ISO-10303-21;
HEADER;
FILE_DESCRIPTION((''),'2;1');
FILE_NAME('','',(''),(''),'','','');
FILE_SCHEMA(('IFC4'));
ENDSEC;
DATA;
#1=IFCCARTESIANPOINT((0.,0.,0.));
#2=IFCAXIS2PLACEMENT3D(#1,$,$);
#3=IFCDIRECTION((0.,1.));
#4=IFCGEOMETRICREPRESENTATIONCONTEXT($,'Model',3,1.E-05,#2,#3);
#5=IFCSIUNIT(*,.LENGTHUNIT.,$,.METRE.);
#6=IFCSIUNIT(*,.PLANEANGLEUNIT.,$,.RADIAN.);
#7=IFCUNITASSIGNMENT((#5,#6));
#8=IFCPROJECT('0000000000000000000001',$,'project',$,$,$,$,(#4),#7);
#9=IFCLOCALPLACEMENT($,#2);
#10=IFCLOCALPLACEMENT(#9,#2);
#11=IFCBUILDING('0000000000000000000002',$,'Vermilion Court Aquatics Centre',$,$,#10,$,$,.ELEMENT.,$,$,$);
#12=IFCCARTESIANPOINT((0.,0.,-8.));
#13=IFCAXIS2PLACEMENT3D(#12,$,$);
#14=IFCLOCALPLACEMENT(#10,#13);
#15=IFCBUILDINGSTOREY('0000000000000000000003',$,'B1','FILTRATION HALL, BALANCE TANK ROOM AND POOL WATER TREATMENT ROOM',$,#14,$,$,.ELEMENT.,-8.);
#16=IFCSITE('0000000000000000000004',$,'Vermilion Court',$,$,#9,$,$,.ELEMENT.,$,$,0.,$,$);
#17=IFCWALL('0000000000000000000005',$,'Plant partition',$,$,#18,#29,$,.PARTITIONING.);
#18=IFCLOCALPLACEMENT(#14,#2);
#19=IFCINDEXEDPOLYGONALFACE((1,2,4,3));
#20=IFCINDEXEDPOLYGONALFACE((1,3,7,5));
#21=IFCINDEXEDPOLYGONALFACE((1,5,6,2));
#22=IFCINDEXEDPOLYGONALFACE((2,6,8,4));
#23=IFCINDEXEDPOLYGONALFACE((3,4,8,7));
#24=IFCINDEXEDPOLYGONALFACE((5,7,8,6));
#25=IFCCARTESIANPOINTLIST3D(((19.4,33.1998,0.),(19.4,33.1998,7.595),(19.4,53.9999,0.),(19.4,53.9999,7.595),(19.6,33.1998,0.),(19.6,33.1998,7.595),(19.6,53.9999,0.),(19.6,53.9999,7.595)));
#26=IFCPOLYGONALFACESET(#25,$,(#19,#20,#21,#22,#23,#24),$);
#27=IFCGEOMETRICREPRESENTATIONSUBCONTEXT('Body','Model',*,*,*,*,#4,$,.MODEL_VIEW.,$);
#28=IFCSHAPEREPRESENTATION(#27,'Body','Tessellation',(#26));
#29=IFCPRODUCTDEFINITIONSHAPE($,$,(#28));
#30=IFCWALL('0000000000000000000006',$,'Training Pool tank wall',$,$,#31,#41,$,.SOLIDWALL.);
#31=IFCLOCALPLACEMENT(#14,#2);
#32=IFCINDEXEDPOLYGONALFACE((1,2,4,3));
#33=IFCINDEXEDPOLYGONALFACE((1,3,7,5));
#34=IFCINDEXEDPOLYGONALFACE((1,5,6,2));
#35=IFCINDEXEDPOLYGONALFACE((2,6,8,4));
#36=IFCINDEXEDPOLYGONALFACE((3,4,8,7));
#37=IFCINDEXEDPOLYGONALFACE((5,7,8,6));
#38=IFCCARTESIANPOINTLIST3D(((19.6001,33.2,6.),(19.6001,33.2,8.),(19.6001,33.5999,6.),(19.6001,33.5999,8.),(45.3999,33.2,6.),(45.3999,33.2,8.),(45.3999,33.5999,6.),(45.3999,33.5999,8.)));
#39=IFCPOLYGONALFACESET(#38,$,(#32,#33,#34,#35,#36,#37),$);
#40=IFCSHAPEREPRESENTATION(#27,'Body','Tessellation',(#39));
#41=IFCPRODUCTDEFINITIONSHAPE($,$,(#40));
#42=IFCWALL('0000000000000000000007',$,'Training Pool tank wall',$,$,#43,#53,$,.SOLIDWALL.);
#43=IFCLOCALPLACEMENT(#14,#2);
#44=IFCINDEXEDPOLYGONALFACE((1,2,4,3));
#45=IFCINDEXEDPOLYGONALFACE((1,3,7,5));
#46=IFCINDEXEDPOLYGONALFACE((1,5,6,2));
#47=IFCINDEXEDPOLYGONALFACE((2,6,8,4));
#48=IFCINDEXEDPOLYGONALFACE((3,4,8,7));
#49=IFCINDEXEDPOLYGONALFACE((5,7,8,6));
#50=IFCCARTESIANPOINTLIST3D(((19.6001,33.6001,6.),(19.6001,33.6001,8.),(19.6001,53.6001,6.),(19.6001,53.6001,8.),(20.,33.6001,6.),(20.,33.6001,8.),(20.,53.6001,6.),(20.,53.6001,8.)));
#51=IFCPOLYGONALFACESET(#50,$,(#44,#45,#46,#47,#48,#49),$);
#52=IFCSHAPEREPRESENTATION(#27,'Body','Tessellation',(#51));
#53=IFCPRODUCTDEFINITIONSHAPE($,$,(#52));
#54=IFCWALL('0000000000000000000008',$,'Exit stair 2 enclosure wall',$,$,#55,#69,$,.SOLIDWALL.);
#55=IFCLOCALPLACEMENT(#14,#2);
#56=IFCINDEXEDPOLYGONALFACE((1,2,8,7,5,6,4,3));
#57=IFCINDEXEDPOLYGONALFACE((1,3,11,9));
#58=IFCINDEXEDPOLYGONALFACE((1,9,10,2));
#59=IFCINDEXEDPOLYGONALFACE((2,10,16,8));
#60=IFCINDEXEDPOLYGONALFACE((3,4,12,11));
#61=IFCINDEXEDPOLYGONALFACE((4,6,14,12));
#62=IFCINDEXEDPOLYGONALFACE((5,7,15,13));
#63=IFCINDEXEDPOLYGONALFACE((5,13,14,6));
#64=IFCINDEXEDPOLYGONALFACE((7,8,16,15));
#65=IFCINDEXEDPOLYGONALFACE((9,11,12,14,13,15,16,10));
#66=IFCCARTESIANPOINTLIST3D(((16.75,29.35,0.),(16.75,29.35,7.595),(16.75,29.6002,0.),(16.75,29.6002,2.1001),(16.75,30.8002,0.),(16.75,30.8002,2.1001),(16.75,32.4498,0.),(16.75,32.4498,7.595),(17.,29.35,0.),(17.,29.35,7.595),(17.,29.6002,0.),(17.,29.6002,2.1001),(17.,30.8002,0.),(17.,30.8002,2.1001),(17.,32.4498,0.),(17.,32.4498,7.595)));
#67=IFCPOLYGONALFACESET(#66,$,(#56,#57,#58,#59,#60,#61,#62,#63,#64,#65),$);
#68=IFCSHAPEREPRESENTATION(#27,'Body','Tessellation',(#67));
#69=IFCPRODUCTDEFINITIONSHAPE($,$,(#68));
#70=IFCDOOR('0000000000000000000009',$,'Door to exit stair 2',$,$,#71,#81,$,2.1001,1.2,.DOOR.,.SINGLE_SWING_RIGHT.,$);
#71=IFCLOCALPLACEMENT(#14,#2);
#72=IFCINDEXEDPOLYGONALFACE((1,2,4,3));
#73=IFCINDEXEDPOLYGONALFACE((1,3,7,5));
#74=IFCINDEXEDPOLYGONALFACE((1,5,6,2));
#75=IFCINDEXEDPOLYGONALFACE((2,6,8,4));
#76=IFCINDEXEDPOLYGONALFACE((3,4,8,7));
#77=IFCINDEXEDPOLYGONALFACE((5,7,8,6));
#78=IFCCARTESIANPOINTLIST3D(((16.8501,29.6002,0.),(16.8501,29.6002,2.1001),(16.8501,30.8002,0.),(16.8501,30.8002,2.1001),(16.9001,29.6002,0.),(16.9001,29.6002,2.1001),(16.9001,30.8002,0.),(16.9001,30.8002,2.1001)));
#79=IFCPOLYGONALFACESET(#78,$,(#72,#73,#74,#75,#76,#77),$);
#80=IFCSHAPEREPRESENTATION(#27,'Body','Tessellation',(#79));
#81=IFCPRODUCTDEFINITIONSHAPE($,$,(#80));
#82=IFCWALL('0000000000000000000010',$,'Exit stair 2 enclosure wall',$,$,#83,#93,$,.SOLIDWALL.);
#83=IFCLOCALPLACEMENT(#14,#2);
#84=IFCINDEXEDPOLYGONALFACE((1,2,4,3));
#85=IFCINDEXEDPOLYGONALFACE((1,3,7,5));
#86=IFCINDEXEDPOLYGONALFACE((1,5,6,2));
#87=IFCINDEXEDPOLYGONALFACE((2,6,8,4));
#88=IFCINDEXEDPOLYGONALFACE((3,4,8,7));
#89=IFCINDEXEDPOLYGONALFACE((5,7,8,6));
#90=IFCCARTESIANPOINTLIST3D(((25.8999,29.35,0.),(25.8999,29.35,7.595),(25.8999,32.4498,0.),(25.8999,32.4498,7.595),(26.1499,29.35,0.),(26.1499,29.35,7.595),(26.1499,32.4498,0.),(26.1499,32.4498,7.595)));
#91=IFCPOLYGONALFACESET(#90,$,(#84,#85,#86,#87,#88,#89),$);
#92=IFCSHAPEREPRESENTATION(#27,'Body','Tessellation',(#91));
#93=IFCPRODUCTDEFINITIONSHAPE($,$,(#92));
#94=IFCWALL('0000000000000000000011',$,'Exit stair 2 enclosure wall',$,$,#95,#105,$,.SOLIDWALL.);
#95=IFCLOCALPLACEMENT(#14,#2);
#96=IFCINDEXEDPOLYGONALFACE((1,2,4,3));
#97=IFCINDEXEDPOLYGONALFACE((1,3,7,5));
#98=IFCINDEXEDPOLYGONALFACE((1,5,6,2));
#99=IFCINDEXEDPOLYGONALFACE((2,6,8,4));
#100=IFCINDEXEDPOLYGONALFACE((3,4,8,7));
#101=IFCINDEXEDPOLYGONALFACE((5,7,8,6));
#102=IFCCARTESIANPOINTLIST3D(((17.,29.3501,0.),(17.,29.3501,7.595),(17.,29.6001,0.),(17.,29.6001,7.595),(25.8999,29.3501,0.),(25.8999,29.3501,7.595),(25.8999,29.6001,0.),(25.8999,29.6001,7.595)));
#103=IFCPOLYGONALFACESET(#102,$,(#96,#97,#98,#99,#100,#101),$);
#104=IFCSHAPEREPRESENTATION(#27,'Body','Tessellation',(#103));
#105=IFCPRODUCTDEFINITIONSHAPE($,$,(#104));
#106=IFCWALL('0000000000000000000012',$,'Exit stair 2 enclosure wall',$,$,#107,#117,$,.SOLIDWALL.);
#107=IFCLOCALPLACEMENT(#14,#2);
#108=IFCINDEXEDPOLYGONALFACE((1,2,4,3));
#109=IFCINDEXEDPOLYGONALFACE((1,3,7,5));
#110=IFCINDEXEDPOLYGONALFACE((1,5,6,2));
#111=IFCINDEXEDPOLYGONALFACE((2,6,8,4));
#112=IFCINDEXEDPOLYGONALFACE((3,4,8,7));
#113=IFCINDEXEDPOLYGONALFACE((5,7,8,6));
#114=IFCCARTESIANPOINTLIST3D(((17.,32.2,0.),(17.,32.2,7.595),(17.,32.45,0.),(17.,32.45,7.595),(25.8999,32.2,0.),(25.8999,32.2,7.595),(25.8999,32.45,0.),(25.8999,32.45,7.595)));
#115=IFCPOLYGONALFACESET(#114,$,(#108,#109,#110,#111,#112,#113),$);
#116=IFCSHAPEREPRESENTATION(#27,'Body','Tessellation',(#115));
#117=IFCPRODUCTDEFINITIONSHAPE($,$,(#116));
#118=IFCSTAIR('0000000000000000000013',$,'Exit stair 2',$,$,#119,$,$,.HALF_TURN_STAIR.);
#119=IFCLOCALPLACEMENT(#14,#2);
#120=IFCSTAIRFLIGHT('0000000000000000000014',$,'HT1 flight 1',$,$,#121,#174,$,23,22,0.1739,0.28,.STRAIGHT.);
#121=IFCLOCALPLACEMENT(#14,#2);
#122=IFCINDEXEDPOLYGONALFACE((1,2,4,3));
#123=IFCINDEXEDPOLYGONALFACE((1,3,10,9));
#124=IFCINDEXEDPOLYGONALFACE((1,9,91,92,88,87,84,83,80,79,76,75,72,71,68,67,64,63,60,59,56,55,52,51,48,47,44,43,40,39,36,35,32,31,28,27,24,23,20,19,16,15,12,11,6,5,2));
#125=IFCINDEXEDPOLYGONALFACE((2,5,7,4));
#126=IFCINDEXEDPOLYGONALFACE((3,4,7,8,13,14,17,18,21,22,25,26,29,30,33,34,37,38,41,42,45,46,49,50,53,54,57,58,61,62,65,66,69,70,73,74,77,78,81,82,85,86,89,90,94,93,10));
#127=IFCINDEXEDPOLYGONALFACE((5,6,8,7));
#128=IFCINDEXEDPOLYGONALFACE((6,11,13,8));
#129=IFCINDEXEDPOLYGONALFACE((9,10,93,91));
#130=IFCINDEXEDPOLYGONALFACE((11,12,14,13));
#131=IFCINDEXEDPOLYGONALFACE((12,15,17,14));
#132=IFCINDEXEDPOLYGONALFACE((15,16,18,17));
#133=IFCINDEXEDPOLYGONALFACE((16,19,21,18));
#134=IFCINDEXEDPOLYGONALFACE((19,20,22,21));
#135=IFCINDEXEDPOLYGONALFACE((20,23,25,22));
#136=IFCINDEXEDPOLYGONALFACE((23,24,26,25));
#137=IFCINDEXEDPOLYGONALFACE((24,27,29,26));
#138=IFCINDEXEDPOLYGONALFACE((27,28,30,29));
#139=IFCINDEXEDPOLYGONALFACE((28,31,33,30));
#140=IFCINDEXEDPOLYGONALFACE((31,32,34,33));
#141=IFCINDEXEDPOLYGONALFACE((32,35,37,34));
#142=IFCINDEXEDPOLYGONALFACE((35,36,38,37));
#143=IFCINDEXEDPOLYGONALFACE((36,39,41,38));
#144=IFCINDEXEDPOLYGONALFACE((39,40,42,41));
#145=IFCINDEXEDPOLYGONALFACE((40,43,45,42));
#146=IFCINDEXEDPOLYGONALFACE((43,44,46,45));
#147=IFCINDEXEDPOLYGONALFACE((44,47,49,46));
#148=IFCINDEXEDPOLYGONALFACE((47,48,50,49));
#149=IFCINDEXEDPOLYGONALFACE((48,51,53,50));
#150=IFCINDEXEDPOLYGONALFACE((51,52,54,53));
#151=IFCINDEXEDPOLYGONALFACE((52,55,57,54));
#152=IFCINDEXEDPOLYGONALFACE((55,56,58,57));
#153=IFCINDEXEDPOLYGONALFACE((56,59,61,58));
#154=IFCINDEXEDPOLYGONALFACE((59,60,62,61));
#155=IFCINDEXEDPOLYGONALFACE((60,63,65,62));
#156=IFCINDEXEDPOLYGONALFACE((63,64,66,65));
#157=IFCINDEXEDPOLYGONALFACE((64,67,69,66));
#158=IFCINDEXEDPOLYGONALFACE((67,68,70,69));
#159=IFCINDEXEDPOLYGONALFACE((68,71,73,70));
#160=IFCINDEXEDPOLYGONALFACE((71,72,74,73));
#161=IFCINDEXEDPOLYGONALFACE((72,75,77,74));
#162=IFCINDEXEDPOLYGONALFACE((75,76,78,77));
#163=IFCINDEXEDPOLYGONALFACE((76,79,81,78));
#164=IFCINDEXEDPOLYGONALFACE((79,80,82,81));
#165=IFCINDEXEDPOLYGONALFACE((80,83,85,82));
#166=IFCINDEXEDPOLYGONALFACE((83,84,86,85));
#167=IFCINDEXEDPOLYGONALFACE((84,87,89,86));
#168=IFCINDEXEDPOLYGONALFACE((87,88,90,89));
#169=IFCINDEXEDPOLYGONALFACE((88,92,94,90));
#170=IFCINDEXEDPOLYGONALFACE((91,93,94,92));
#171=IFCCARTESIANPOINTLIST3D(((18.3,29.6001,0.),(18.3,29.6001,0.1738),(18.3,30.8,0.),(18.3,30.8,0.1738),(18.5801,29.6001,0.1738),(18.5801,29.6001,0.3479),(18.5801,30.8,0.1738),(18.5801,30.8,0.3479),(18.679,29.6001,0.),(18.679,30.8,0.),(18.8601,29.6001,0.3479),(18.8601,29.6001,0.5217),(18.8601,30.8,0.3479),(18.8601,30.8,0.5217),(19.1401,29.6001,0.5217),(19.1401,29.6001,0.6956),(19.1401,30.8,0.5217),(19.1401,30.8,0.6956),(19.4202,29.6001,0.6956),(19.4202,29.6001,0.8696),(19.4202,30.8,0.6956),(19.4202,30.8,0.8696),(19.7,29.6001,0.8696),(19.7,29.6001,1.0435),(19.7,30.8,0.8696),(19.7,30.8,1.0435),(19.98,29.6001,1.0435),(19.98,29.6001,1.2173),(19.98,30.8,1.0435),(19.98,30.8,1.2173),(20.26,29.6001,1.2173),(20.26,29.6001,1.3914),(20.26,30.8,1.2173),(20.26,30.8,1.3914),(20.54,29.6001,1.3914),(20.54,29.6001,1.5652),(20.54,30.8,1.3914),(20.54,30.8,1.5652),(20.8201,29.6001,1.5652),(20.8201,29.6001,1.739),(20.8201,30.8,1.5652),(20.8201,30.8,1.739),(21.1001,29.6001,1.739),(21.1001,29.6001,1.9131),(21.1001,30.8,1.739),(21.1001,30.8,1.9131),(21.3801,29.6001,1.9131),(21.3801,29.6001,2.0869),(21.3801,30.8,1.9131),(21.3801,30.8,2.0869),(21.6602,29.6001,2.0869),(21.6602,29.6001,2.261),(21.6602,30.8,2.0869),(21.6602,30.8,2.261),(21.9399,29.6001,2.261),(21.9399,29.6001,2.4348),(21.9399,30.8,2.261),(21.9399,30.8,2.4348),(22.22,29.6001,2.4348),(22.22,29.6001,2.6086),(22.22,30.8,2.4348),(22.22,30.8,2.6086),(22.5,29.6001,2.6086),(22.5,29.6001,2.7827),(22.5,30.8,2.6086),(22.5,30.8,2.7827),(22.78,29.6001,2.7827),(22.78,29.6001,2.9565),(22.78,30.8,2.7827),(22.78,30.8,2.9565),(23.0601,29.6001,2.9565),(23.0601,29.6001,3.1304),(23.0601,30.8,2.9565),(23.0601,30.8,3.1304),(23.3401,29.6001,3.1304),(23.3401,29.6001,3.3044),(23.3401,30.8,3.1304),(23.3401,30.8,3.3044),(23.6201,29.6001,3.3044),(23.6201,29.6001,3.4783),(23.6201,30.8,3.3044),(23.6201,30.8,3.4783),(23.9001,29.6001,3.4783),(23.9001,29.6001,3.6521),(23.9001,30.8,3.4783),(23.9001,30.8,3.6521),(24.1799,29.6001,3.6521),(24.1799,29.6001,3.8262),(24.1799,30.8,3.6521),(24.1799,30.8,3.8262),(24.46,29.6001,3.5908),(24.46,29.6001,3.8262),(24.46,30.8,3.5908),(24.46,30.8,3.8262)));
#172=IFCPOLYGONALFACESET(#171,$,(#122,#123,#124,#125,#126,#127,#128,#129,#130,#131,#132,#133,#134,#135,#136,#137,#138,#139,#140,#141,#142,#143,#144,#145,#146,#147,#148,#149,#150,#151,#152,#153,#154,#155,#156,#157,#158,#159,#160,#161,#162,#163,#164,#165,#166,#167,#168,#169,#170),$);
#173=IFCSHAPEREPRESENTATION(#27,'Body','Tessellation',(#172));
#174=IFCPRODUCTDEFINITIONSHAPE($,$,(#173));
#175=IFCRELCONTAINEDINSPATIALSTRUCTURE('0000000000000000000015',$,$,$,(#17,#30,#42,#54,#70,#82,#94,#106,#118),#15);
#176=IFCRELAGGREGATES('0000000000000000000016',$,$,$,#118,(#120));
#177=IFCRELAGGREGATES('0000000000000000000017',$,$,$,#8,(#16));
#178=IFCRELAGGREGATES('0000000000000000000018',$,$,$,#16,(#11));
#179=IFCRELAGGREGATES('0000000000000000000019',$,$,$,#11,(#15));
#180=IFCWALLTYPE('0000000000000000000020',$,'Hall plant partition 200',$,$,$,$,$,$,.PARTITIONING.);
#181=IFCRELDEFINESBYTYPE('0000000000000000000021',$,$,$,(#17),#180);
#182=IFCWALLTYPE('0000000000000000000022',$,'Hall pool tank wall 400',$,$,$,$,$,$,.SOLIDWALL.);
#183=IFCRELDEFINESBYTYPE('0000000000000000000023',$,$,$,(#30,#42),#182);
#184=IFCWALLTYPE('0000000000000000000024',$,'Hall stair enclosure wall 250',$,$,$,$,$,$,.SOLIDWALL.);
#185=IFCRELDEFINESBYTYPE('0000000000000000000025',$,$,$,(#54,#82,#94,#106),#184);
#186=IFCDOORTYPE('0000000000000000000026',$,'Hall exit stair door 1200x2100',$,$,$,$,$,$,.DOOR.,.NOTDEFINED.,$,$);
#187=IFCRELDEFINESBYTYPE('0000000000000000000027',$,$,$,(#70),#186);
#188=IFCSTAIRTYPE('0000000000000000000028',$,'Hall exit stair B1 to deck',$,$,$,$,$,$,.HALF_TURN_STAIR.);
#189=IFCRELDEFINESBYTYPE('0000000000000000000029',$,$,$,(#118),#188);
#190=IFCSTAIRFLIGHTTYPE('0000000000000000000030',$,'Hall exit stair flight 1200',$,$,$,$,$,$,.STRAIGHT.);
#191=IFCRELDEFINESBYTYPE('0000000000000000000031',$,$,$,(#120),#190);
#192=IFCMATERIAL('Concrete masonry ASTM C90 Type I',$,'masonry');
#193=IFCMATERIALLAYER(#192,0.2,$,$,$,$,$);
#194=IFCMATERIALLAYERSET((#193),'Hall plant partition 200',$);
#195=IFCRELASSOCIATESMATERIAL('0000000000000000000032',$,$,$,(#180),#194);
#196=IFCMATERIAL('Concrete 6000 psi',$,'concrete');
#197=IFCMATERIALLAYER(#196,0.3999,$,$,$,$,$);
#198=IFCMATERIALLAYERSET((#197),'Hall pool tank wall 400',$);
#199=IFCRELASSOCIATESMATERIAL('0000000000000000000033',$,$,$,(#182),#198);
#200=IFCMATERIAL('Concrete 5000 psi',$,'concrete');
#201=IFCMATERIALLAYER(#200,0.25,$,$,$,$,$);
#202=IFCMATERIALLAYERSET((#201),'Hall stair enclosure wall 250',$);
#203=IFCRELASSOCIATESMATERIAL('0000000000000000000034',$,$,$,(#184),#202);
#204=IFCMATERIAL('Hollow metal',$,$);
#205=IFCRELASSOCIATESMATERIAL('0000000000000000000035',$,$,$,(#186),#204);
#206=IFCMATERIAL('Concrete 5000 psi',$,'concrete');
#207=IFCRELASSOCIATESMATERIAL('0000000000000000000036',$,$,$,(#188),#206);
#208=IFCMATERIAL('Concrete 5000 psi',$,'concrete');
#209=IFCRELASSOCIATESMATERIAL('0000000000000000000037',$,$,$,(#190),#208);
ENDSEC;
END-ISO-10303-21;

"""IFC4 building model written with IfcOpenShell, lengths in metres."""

from ifc_helpers import new_model, si_unit, direction, frame, frame_2d, origin, place, context, subcontext, project, spatial, polyline, rectangle, outline, extrude, material, layer, layer_set, type_object, element, fill, aggregate, save


model = new_model("IFC4")

# Units and contexts
model_context = context("Model", 3, precision=1e-05, world=origin(), true_north=direction((0.0, 1.0)))
body_context = subcontext(model_context, "Body", "Model", "MODEL_VIEW")
ifc_project = project(units=[si_unit("LENGTHUNIT", "METRE"), si_unit("PLANEANGLEUNIT", "RADIAN")], contexts=[model_context])

# Site, building, storey
site_placement = place(None, origin())
site = spatial("IfcSite", under=ifc_project, at=site_placement, Name="Vermilion Court", CompositionType="ELEMENT", RefElevation=0.0)
building_placement = place(site_placement, origin())
building = spatial("IfcBuilding", under=site, at=building_placement, Name="Vermilion Court Aquatics Centre", CompositionType="ELEMENT")
storey_placement = place(building_placement, frame((0.0, 0.0, -8.0)))
storey = spatial("IfcBuildingStorey", under=building, at=storey_placement, Name="B1", Description="FILTRATION HALL, BALANCE TANK ROOM AND POOL WATER TREATMENT ROOM", CompositionType="ELEMENT", Elevation=-8.0)

# Shared definitions
ifc_material_1 = material(Name="Concrete masonry ASTM C90 Type I", Category="masonry")
ifc_layer_1 = layer(ifc_material_1, 0.2)
ifc_layer_set_1 = layer_set([ifc_layer_1], Name="Hall plant partition 200")
wall_type_1 = type_object("IfcWallType", Name="Hall plant partition 200", PredefinedType="PARTITIONING", material=ifc_layer_set_1)

# Walls
wall_1_placement = place(storey_placement, frame((19.5, 33.2, 0.0), z_axis=(0.0, 0.0, 1.0), x_axis=(0.0, 1.0, 0.0)))
element("IfcWall", 1, at=wall_1_placement, inside=storey, type_object=wall_type_1, Name="Plant partition", PredefinedType="PARTITIONING", context=body_context, shape_type="SweptSolid", body=[
    extrude(rectangle(XDim=20.8, YDim=0.2, at=frame_2d((10.3999, 0.0))), origin(), (0.0, 0.0, 1.0), 7.595),
])
ifc_material_2 = material(Name="Concrete 6000 psi", Category="concrete")
ifc_layer_2 = layer(ifc_material_2, 0.3999)
ifc_layer_set_2 = layer_set([ifc_layer_2], Name="Hall pool tank wall 400")
wall_type_2 = type_object("IfcWallType", Name="Hall pool tank wall 400", PredefinedType="SOLIDWALL", material=ifc_layer_set_2)
wall_2_placement = place(storey_placement, frame((19.6001, 33.3999, 6.0), z_axis=(0.0, 0.0, 1.0), x_axis=(1.0, 0.0, 0.0)))
element("IfcWall", 2, at=wall_2_placement, inside=storey, type_object=wall_type_2, Name="Training Pool tank wall", PredefinedType="SOLIDWALL", context=body_context, shape_type="SweptSolid", body=[
    extrude(rectangle(XDim=25.7998, YDim=0.3999, at=frame_2d((12.8999, 0.0))), origin(), (0.0, 0.0, 1.0), 2.0),
])
wall_3_placement = place(storey_placement, frame((19.8, 33.6001, 6.0), z_axis=(0.0, 0.0, 1.0), x_axis=(0.0, 1.0, 0.0)))
element("IfcWall", 3, at=wall_3_placement, inside=storey, type_object=wall_type_2, Name="Training Pool tank wall", PredefinedType="SOLIDWALL", context=body_context, shape_type="SweptSolid", body=[
    extrude(rectangle(XDim=20.0, YDim=0.3999, at=frame_2d((10.0, 0.0))), origin(), (0.0, 0.0, 1.0), 2.0),
])

# Wall, opening, door
ifc_material_3 = material(Name="Concrete 5000 psi", Category="concrete")
ifc_layer_3 = layer(ifc_material_3, 0.25)
ifc_layer_set_3 = layer_set([ifc_layer_3], Name="Hall stair enclosure wall 250")
wall_type_3 = type_object("IfcWallType", Name="Hall stair enclosure wall 250", PredefinedType="SOLIDWALL", material=ifc_layer_set_3)
wall_4_placement = place(storey_placement, frame((16.875, 29.3501, 0.0), z_axis=(0.0, 0.0, 1.0), x_axis=(0.0, 1.0, 0.0)))
wall_4 = element("IfcWall", 4, at=wall_4_placement, inside=storey, type_object=wall_type_3, Name="Exit stair 2 enclosure wall", PredefinedType="SOLIDWALL", context=body_context, shape_type="SweptSolid", body=[
    extrude(rectangle(XDim=3.0999, YDim=0.25, at=frame_2d((1.5498, 0.0))), origin(), (0.0, 0.0, 1.0), 7.595),
])
opening_1_placement = place(wall_4_placement, frame((0.25, 0.0, 0.0)))
opening_1 = element("IfcOpeningElement", 5, at=opening_1_placement, cuts=wall_4, PredefinedType="OPENING", context=body_context, shape_type="SweptSolid", body=[
    extrude(rectangle(XDim=1.2, YDim=2.1001, at=frame_2d((0.6001, 1.05))), frame((0.0, 0.135, 0.0), z_axis=(0.0, -1.0, 0.0), x_axis=(1.0, 0.0, 0.0)), (0.0, 0.0, 1.0), 0.27),
])
ifc_material_4 = material(Name="Hollow metal")
door_type_1 = type_object("IfcDoorType", Name="Hall exit stair door 1200x2100", OperationType="NOTDEFINED", PredefinedType="DOOR", material=ifc_material_4)
door_1_placement = place(opening_1_placement, frame((1.2, 0.0, 0.0), z_axis=(0.0, 0.0, 1.0), x_axis=(-1.0, 0.0, 0.0)))
door_1 = element("IfcDoor", 6, at=door_1_placement, inside=storey, type_object=door_type_1, Name="Door to exit stair 2", OperationType="SINGLE_SWING_RIGHT", OverallHeight=2.1001, OverallWidth=1.2, PredefinedType="DOOR", context=body_context, shape_type="SweptSolid", body=[
    extrude(rectangle(XDim=1.2, YDim=2.1001, at=frame_2d((0.5999, 1.05))), frame((0.0, 0.0251, 0.0), z_axis=(0.0, -1.0, 0.0), x_axis=(1.0, 0.0, 0.0)), (0.0, 0.0, 1.0), 0.05),
])
fill(opening_1, door_1)

# Walls
wall_5_placement = place(storey_placement, frame((26.0249, 29.3501, 0.0), z_axis=(0.0, 0.0, 1.0), x_axis=(0.0, 1.0, 0.0)))
element("IfcWall", 7, at=wall_5_placement, inside=storey, type_object=wall_type_3, Name="Exit stair 2 enclosure wall", PredefinedType="SOLIDWALL", context=body_context, shape_type="SweptSolid", body=[
    extrude(rectangle(XDim=3.0999, YDim=0.25, at=frame_2d((1.5498, 0.0))), origin(), (0.0, 0.0, 1.0), 7.595),
])
for number, where, z_axis, x_axis, name in (
    (8, (17.0, 29.4751, 0.0), (0.0, 0.0, 1.0), (1.0, 0.0, 0.0), "Exit stair 2 enclosure wall"),
    (9, (17.0, 32.325, 0.0), (0.0, 0.0, 1.0), (1.0, 0.0, 0.0), "Exit stair 2 enclosure wall"),
):
    element("IfcWall", number, at=place(storey_placement, frame(where, z_axis=z_axis, x_axis=x_axis)), inside=storey, type_object=wall_type_3, Name=name, PredefinedType="SOLIDWALL", context=body_context, shape_type="SweptSolid", body=[
        extrude(rectangle(XDim=8.8999, YDim=0.25, at=frame_2d((4.45, 0.0))), origin(), (0.0, 0.0, 1.0), 7.595),
    ])

# Stair, stair flight
ifc_material_5 = material(Name="Concrete 5000 psi", Category="concrete")
stair_type = type_object("IfcStairType", Name="Hall exit stair B1 to deck", PredefinedType="HALF_TURN_STAIR", material=ifc_material_5)
stair_placement = place(storey_placement, origin())
stair = element("IfcStair", 10, at=stair_placement, inside=storey, type_object=stair_type, Name="Exit stair 2", PredefinedType="HALF_TURN_STAIR")
ifc_material_6 = material(Name="Concrete 5000 psi", Category="concrete")
stair_flight_type = type_object("IfcStairFlightType", Name="Hall exit stair flight 1200", PredefinedType="STRAIGHT", material=ifc_material_6)
stair_flight_1_placement = place(storey_placement, frame((18.3, 30.2, 0.0), z_axis=(0.0, 0.0, 1.0), x_axis=(1.0, 0.0, 0.0)))
stair_flight_1 = element("IfcStairFlight", 11, at=stair_flight_1_placement, type_object=stair_flight_type, Name="HT1 flight 1", NumberOfRisers=23, NumberOfTreads=22, PredefinedType="STRAIGHT", RiserHeight=0.1739, TreadLength=0.28, context=body_context, shape_type="SweptSolid", body=[
    extrude(outline(polyline([(0.0, 0.0), (0.0, 0.1738), (0.28, 0.1738), (0.28, 0.3479), (0.5601, 0.3479), (0.5601, 0.5217), (0.8401, 0.5217), (0.8401, 0.6956), (1.1201, 0.6956), (1.1201, 0.8696), (1.3999, 0.8696), (1.3999, 1.0435), (1.6799, 1.0435), (1.6799, 1.2173), (1.96, 1.2173), (1.96, 1.3914), (2.24, 1.3914), (2.24, 1.5652), (2.52, 1.5652), (2.52, 1.739), (2.8, 1.739), (2.8, 1.9131), (3.0801, 1.9131), (3.0801, 2.0869), (3.3601, 2.0869), (3.3601, 2.261), (3.6399, 2.261), (3.6399, 2.4348), (3.9199, 2.4348), (3.9199, 2.6086), (4.2, 2.6086), (4.2, 2.7827), (4.48, 2.7827), (4.48, 2.9565), (4.76, 2.9565), (4.76, 3.1304), (5.04, 3.1304), (5.04, 3.3044), (5.3201, 3.3044), (5.3201, 3.4783), (5.6001, 3.4783), (5.6001, 3.6521), (5.8799, 3.6521), (5.8799, 3.8262), (6.1599, 3.8262), (6.1599, 4.0), (6.1599, 3.5908), (0.3789, 0.0), (0.0, 0.0)])), frame((0.0, 0.6001, 0.0), z_axis=(0.0, -1.0, 0.0), x_axis=(1.0, 0.0, 0.0)), (0.0, 0.0, 1.0), 1.2),
])
aggregate(stair, [stair_flight_1])

save(model, "model.ifc")
